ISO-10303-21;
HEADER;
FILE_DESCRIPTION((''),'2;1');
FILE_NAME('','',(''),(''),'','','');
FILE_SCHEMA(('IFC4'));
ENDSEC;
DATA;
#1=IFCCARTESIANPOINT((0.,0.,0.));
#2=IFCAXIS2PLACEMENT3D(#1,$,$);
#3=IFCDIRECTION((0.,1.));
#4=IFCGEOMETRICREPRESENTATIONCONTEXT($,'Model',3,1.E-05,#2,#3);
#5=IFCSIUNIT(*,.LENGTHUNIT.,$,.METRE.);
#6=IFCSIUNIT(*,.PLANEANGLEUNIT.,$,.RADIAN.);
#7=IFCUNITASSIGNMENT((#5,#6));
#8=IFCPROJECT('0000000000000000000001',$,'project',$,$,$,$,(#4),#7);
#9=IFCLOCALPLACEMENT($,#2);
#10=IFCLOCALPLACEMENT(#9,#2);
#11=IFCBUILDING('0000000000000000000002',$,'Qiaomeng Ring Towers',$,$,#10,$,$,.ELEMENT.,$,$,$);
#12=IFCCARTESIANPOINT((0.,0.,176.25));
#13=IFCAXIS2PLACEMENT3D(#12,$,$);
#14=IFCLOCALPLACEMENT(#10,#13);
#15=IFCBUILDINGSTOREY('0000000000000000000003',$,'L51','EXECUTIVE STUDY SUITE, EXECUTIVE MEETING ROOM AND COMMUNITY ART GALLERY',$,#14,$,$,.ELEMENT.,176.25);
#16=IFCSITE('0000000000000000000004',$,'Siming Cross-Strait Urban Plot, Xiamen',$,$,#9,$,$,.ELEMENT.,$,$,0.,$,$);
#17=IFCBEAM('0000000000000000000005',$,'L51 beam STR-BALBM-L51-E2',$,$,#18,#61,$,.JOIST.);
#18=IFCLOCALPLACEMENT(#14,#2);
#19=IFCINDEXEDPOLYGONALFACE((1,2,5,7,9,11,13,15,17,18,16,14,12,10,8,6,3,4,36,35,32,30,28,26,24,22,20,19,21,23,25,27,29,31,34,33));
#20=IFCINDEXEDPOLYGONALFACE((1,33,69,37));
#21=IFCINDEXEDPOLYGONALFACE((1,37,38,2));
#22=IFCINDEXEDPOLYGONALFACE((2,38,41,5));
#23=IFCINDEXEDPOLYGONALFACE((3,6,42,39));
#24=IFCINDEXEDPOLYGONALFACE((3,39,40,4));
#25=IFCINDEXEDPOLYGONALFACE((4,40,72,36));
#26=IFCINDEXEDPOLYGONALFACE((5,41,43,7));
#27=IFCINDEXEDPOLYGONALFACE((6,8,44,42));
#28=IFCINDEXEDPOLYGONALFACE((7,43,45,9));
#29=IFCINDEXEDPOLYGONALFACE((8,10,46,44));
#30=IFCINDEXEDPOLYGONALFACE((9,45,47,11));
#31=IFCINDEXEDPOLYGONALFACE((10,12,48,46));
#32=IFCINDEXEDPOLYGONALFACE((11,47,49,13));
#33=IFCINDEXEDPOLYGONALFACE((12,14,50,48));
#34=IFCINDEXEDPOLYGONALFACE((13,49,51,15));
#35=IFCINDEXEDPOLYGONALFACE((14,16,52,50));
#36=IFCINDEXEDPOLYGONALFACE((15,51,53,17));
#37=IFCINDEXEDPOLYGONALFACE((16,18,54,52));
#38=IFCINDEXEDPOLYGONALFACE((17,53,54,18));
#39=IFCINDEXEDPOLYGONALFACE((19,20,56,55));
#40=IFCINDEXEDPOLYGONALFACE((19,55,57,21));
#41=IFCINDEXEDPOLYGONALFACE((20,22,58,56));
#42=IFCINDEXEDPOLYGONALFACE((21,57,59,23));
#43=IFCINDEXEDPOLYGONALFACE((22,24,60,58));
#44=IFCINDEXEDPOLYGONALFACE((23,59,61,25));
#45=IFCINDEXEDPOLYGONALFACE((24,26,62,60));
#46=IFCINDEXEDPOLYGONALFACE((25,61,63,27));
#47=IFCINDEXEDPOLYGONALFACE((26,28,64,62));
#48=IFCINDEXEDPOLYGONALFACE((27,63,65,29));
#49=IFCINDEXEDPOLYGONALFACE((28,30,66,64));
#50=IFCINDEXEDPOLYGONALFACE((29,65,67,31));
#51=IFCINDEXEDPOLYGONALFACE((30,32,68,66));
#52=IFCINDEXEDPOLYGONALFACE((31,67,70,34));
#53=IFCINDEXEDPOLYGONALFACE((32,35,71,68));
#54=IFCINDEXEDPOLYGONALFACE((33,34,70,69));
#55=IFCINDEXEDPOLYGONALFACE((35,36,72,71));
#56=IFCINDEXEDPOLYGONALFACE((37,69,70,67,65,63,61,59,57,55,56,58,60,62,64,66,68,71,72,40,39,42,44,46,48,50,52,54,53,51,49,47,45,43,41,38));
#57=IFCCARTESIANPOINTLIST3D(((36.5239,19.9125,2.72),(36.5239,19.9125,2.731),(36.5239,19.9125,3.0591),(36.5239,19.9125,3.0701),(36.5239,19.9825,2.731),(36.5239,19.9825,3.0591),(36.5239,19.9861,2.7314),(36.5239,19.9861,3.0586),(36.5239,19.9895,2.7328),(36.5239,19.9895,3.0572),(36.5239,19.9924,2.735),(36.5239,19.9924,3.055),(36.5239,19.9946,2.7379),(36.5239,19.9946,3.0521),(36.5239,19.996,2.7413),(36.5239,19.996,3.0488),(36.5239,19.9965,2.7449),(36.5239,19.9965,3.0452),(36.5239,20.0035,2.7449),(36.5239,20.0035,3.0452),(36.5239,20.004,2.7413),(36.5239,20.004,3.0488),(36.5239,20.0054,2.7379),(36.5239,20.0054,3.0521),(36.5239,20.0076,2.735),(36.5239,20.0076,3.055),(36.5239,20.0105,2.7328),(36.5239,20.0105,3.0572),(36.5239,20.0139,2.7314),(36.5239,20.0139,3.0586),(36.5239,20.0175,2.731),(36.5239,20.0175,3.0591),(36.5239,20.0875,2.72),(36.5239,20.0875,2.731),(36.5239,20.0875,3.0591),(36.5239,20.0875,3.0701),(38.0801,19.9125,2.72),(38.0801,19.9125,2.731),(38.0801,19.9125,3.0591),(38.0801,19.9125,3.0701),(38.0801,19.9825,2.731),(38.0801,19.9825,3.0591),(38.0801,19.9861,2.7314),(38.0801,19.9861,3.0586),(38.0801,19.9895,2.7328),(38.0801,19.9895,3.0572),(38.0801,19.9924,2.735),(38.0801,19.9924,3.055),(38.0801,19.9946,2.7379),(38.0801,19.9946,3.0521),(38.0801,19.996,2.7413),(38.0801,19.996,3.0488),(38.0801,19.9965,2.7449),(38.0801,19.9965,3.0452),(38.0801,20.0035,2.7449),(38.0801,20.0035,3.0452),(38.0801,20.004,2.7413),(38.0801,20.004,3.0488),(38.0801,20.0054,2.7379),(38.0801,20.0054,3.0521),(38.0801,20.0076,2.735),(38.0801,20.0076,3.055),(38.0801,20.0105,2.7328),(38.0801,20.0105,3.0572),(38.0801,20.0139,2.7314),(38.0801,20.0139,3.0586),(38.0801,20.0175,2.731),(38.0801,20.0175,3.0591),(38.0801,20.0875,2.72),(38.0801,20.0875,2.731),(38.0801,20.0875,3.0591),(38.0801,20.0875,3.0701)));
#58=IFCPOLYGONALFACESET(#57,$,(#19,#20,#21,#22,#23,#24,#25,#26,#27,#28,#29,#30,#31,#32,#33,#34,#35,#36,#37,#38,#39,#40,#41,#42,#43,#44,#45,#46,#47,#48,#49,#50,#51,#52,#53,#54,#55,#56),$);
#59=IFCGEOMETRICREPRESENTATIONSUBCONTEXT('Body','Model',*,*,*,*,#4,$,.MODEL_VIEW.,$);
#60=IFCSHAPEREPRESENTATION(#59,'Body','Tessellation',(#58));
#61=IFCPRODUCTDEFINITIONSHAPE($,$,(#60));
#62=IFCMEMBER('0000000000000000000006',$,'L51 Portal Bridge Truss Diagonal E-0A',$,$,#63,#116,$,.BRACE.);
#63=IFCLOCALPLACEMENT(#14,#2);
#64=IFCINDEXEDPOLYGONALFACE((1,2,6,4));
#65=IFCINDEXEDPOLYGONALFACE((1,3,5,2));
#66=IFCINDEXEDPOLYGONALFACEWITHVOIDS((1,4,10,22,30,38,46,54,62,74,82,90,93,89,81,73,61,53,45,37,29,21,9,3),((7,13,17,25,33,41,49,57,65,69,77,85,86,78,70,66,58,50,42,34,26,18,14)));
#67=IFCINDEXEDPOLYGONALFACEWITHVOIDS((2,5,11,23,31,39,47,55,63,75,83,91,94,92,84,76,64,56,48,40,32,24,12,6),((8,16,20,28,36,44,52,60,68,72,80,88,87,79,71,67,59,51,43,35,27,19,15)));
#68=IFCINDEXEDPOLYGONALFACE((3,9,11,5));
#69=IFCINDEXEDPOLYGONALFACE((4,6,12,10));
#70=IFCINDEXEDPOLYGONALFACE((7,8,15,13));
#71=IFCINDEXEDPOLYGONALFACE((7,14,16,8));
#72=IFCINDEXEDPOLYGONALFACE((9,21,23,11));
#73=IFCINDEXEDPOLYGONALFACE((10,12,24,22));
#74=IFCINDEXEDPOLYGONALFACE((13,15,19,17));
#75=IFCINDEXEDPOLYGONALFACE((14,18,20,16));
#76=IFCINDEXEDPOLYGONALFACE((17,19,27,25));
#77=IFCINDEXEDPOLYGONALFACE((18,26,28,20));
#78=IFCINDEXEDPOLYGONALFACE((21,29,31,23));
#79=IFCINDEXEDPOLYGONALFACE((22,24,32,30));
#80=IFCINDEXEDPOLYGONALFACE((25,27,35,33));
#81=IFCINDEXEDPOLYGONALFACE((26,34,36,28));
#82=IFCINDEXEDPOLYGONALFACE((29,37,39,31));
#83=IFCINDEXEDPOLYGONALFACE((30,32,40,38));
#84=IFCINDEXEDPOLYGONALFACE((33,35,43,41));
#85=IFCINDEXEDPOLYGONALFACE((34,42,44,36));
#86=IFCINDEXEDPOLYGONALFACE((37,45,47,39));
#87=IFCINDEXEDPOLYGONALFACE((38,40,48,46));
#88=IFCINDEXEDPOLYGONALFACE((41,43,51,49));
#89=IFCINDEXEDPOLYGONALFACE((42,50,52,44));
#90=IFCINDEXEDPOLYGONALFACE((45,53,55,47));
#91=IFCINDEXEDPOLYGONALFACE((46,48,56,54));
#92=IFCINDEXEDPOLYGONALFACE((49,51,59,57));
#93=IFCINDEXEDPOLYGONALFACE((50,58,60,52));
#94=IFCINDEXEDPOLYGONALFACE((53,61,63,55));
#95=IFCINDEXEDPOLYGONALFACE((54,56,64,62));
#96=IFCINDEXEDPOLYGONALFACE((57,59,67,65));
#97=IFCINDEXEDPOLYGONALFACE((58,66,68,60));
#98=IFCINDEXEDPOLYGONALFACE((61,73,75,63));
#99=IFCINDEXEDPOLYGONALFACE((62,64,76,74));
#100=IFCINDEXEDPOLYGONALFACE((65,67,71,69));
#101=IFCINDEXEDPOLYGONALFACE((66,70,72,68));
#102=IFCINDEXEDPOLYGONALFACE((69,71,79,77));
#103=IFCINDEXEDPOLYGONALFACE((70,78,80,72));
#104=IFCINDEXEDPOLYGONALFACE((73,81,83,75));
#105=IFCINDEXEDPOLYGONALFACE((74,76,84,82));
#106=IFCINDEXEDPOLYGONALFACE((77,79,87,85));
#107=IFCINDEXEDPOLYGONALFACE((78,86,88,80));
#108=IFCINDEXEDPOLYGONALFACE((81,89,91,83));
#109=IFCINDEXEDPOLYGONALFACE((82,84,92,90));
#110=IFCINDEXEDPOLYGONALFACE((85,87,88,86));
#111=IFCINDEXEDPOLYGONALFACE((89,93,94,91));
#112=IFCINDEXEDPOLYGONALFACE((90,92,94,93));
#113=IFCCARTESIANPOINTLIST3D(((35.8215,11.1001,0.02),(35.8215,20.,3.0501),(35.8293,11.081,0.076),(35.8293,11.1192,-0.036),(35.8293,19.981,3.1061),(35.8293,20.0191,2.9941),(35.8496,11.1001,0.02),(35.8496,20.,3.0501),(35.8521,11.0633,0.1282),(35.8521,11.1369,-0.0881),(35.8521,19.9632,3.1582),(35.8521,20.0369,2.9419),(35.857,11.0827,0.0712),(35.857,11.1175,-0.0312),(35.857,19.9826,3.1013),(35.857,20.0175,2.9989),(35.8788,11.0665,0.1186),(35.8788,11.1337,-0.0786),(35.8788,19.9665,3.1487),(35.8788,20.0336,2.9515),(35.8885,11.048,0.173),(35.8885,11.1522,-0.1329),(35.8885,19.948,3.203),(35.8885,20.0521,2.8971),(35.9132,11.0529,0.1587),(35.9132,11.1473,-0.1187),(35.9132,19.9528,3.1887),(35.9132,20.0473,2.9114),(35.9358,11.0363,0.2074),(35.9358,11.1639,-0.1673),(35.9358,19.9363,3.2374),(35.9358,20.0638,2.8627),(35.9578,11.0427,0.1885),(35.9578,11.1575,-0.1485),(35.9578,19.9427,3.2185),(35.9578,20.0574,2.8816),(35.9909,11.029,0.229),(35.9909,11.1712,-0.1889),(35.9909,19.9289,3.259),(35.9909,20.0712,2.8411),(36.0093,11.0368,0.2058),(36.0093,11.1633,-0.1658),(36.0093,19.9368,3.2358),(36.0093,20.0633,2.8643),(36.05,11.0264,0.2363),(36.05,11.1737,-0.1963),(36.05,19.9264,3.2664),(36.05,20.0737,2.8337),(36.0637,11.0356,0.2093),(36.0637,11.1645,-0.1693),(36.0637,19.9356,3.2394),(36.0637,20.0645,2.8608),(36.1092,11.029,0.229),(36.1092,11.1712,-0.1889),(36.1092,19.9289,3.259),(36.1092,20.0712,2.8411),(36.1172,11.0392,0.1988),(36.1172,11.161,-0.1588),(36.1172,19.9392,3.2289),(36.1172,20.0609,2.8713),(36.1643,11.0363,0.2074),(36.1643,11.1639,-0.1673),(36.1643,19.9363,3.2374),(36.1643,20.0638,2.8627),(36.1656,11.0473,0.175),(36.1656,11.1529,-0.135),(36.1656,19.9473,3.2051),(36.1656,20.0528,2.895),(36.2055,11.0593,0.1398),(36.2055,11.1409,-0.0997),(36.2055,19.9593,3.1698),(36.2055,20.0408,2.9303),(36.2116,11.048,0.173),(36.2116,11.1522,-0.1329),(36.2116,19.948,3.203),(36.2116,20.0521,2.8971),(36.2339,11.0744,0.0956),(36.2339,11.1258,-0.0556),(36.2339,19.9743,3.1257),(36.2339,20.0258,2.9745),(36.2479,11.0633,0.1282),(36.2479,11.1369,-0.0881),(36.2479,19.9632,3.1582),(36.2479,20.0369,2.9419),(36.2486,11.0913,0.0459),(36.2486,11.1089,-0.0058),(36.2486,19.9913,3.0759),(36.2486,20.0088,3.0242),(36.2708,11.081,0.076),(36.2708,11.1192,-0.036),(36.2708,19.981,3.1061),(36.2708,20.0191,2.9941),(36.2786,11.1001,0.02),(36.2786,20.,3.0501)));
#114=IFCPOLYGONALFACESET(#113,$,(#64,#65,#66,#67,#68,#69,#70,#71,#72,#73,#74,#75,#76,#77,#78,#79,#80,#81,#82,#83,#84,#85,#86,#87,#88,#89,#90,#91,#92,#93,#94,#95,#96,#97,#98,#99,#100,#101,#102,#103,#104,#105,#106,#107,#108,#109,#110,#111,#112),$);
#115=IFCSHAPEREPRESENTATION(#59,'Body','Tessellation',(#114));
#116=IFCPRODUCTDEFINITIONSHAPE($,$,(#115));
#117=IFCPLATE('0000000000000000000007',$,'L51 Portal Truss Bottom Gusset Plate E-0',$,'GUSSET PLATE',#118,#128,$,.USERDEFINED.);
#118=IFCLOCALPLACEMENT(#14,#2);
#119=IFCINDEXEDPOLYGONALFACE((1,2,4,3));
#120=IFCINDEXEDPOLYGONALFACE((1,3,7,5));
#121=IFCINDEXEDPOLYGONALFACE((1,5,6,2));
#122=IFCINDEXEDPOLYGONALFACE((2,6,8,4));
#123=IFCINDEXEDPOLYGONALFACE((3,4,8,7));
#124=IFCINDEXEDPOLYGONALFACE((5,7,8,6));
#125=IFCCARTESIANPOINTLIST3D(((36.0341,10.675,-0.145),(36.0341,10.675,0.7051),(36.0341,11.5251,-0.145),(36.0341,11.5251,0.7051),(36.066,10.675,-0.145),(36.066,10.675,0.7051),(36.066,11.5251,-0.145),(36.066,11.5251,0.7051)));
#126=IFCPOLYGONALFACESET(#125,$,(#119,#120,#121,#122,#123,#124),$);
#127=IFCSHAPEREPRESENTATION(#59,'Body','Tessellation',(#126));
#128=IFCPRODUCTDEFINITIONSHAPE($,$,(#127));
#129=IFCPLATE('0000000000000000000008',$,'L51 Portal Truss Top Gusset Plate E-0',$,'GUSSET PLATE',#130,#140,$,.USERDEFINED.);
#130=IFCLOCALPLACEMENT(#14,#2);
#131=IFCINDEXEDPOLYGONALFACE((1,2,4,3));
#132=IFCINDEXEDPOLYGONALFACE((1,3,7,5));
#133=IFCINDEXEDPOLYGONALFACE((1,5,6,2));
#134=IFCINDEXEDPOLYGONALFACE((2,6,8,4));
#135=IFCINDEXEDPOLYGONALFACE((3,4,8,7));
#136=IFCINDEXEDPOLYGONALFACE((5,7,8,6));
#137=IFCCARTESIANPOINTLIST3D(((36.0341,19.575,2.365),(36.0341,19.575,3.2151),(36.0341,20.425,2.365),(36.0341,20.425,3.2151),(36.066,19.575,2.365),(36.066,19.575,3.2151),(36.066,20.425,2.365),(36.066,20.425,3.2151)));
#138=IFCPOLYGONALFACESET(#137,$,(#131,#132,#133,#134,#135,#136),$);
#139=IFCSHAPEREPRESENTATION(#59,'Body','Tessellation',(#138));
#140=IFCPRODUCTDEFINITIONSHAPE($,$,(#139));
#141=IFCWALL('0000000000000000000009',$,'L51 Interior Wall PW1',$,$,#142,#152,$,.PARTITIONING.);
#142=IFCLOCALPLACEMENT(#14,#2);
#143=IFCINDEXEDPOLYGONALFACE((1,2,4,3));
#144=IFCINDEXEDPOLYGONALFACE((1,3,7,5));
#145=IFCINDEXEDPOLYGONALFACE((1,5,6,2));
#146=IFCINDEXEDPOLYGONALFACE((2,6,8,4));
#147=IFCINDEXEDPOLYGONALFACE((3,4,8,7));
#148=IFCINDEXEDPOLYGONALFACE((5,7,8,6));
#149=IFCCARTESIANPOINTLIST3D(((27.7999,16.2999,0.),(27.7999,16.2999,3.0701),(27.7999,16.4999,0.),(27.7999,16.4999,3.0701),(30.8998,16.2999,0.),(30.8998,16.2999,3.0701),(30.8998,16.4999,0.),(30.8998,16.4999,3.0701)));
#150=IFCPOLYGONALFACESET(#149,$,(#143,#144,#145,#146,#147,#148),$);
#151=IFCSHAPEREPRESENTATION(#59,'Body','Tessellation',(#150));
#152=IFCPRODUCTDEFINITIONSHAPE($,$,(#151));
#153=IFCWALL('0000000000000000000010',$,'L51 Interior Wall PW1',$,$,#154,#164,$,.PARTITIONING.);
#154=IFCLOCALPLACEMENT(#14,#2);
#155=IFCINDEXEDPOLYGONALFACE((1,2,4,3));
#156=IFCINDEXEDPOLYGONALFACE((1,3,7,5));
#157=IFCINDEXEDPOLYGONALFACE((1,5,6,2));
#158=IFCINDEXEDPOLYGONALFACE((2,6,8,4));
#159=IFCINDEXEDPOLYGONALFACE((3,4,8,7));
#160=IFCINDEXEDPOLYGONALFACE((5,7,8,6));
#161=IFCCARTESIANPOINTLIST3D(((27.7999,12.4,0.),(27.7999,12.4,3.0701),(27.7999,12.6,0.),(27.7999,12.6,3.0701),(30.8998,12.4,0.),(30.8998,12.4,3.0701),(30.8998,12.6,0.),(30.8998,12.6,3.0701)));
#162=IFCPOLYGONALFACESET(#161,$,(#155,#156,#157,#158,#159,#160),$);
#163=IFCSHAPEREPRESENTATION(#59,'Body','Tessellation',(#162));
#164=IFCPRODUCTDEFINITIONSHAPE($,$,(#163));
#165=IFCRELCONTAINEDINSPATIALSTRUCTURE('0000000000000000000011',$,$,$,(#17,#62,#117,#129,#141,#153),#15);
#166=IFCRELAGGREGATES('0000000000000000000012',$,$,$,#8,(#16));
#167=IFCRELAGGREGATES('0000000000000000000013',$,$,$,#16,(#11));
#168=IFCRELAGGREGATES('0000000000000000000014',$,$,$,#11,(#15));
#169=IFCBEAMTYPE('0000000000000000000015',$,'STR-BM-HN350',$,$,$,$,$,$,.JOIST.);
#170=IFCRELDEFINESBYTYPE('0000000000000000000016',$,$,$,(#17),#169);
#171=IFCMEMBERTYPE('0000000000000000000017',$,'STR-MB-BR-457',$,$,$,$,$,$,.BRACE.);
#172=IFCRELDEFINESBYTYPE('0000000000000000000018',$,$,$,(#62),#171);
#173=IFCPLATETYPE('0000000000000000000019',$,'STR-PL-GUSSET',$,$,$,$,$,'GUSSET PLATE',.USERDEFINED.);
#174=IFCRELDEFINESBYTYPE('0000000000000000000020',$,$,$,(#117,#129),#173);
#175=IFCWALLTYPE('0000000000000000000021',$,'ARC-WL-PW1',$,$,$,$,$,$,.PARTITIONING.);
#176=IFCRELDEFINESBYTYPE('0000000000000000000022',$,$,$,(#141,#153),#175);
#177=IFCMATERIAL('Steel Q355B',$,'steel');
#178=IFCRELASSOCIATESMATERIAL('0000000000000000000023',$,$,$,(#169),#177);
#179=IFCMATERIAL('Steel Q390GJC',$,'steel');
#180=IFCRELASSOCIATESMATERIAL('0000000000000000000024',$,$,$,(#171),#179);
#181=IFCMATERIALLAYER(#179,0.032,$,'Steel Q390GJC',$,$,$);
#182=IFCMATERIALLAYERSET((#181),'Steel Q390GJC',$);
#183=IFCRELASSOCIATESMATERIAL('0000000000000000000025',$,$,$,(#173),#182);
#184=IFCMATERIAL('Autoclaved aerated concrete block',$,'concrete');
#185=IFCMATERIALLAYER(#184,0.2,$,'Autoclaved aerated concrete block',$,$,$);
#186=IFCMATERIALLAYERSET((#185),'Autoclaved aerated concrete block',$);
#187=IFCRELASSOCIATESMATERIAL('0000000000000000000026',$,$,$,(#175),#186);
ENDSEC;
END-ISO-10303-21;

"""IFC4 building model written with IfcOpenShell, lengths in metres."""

from ifc_helpers import new_model, si_unit, direction, frame, frame_2d, origin, origin_2d, place, context, subcontext, project, spatial, rectangle, hollow_circle, i_section, extrude, source, transform, mapped, material, layer, layer_set, material_profile, profile_set, type_object, element, save


model = new_model("IFC4")

# Units and contexts
model_context = context("Model", 3, precision=1e-05, world=origin(), true_north=direction((0.0, 1.0)))
body_context = subcontext(model_context, "Body", "Model", "MODEL_VIEW")
ifc_project = project(units=[si_unit("LENGTHUNIT", "METRE"), si_unit("PLANEANGLEUNIT", "RADIAN")], contexts=[model_context])

# Site, building, storey
site_placement = place(None, origin())
site = spatial("IfcSite", under=ifc_project, at=site_placement, Name="Siming Cross-Strait Urban Plot, Xiamen", CompositionType="ELEMENT", RefElevation=0.0)
building_placement = place(site_placement, origin())
building = spatial("IfcBuilding", under=site, at=building_placement, Name="Qiaomeng Ring Towers", CompositionType="ELEMENT")
storey_placement = place(building_placement, frame((0.0, 0.0, 176.25)))
storey = spatial("IfcBuildingStorey", under=building, at=storey_placement, Name="L51", Description="EXECUTIVE STUDY SUITE, EXECUTIVE MEETING ROOM AND COMMUNITY ART GALLERY", CompositionType="ELEMENT", Elevation=176.25)

# Beam
ifc_material_1 = material(Name="Steel Q355B", Category="steel")
ifc_material_2 = material(Name="Steel Q390GJC", Category="steel")
ifc_material_profile_1 = material_profile(ifc_material_1, i_section(OverallWidth=0.175, OverallDepth=0.3501, WebThickness=0.0071, FlangeThickness=0.011, FilletRadius=0.0139, at=origin_2d()), Name="HN 350x175x7x11")
ifc_profile_set_1 = profile_set([ifc_material_profile_1], Name="Steel Q355B")
beam_type_1 = type_object("IfcBeamType", Name="STR-BM-HN350", PredefinedType="JOIST", material=ifc_profile_set_1)
shared_shape_1 = source(origin(), body_context, "Body", "SweptSolid", [
    extrude(i_section(OverallWidth=0.175, OverallDepth=0.3501, WebThickness=0.0071, FlangeThickness=0.011, FilletRadius=0.0139, at=origin_2d()), origin(), (0.0, 0.0, 1.0), 1.5562),
])
beam_1_placement = place(storey_placement, frame((36.5239, 20.0, 2.895), z_axis=(1.0, 0.0, 0.0), x_axis=(0.0, 1.0, 0.0)))
element("IfcBeam", 1, at=beam_1_placement, inside=storey, type_object=beam_type_1, Name="L51 beam STR-BALBM-L51-E2", PredefinedType="JOIST", context=body_context, shape_type="MappedRepresentation", body=[
    mapped(shared_shape_1, transform((0.0, 0.0, 0.0), x_axis=(1.0, 0.0, 0.0), y_axis=(0.0, 1.0, 0.0), z_axis=(0.0, 0.0, 1.0), scale=1.0)),
])

# Member
ifc_material_profile_2 = material_profile(ifc_material_2, hollow_circle(Radius=0.2285, WallThickness=0.0281, at=origin_2d()), Name="CHS 457x28")
ifc_profile_set_2 = profile_set([ifc_material_profile_2], Name="Steel Q390GJC")
member_type = type_object("IfcMemberType", Name="STR-MB-BR-457", PredefinedType="BRACE", material=ifc_profile_set_2)
shared_shape_2 = source(origin(), body_context, "Body", "SweptSolid", [
    extrude(hollow_circle(Radius=0.2285, WallThickness=0.0281, at=origin_2d()), origin(), (0.0, 0.0, 1.0), 9.4016),
])
member_placement = place(storey_placement, frame((36.05, 11.1001, 0.02), z_axis=(0.0, 0.946641, 0.32229), x_axis=(-1.0, 0.0, 0.0)))
element("IfcMember", 2, at=member_placement, inside=storey, type_object=member_type, Name="L51 Portal Bridge Truss Diagonal E-0A", PredefinedType="BRACE", context=body_context, shape_type="MappedRepresentation", body=[
    mapped(shared_shape_2, transform((0.0, 0.0, 0.0), x_axis=(1.0, 0.0, 0.0), y_axis=(0.0, 1.0, 0.0), z_axis=(0.0, 0.0, 1.0), scale=1.0)),
])

# Plates
ifc_layer_1 = layer(ifc_material_2, 0.032, Name="Steel Q390GJC")
ifc_layer_set_1 = layer_set([ifc_layer_1], Name="Steel Q390GJC")
plate_type = type_object("IfcPlateType", Name="STR-PL-GUSSET", ElementType="GUSSET PLATE", PredefinedType="USERDEFINED", material=ifc_layer_set_1)
shared_shape_3 = source(origin(), body_context, "Body", "SweptSolid", [
    extrude(rectangle(XDim=0.032, YDim=0.8501, at=origin_2d()), origin(), (0.0, 0.0, 1.0), 0.8501),
])
for number, where, z_axis, x_axis, name in (
    (3, (36.05, 11.1001, -0.145), (0.0, 0.0, 1.0), (1.0, 0.0, 0.0), "L51 Portal Truss Bottom Gusset Plate E-0"),
    (4, (36.05, 20.0, 2.365), (0.0, 0.0, 1.0), (1.0, 0.0, 0.0), "L51 Portal Truss Top Gusset Plate E-0"),
):
    element("IfcPlate", number, at=place(storey_placement, frame(where, z_axis=z_axis, x_axis=x_axis)), inside=storey, type_object=plate_type, Name=name, ObjectType="GUSSET PLATE", PredefinedType="USERDEFINED", context=body_context, shape_type="MappedRepresentation", body=[
        mapped(shared_shape_3, transform((0.0, 0.0, 0.0), x_axis=(1.0, 0.0, 0.0), y_axis=(0.0, 1.0, 0.0), z_axis=(0.0, 0.0, 1.0), scale=1.0)),
    ])

# Walls
ifc_material_3 = material(Name="Autoclaved aerated concrete block", Category="concrete")
ifc_layer_2 = layer(ifc_material_3, 0.2, Name="Autoclaved aerated concrete block")
ifc_layer_set_2 = layer_set([ifc_layer_2], Name="Autoclaved aerated concrete block")
wall_type_1 = type_object("IfcWallType", Name="ARC-WL-PW1", PredefinedType="PARTITIONING", material=ifc_layer_set_2)
for number, where, z_axis, x_axis, name in (
    (5, (27.8, 16.3999, 0.0), (0.0, 0.0, 1.0), (1.0, 0.0, 0.0), "L51 Interior Wall PW1"),
    (6, (27.8, 12.5, 0.0), (0.0, 0.0, 1.0), (1.0, 0.0, 0.0), "L51 Interior Wall PW1"),
):
    element("IfcWall", number, at=place(storey_placement, frame(where, z_axis=z_axis, x_axis=x_axis)), inside=storey, type_object=wall_type_1, Name=name, PredefinedType="PARTITIONING", context=body_context, shape_type="SweptSolid", body=[
        extrude(rectangle(XDim=3.0999, YDim=0.2, at=frame_2d((1.5498, 0.0))), origin(), (0.0, 0.0, 1.0), 3.0701),
    ])

save(model, "model.ifc")
